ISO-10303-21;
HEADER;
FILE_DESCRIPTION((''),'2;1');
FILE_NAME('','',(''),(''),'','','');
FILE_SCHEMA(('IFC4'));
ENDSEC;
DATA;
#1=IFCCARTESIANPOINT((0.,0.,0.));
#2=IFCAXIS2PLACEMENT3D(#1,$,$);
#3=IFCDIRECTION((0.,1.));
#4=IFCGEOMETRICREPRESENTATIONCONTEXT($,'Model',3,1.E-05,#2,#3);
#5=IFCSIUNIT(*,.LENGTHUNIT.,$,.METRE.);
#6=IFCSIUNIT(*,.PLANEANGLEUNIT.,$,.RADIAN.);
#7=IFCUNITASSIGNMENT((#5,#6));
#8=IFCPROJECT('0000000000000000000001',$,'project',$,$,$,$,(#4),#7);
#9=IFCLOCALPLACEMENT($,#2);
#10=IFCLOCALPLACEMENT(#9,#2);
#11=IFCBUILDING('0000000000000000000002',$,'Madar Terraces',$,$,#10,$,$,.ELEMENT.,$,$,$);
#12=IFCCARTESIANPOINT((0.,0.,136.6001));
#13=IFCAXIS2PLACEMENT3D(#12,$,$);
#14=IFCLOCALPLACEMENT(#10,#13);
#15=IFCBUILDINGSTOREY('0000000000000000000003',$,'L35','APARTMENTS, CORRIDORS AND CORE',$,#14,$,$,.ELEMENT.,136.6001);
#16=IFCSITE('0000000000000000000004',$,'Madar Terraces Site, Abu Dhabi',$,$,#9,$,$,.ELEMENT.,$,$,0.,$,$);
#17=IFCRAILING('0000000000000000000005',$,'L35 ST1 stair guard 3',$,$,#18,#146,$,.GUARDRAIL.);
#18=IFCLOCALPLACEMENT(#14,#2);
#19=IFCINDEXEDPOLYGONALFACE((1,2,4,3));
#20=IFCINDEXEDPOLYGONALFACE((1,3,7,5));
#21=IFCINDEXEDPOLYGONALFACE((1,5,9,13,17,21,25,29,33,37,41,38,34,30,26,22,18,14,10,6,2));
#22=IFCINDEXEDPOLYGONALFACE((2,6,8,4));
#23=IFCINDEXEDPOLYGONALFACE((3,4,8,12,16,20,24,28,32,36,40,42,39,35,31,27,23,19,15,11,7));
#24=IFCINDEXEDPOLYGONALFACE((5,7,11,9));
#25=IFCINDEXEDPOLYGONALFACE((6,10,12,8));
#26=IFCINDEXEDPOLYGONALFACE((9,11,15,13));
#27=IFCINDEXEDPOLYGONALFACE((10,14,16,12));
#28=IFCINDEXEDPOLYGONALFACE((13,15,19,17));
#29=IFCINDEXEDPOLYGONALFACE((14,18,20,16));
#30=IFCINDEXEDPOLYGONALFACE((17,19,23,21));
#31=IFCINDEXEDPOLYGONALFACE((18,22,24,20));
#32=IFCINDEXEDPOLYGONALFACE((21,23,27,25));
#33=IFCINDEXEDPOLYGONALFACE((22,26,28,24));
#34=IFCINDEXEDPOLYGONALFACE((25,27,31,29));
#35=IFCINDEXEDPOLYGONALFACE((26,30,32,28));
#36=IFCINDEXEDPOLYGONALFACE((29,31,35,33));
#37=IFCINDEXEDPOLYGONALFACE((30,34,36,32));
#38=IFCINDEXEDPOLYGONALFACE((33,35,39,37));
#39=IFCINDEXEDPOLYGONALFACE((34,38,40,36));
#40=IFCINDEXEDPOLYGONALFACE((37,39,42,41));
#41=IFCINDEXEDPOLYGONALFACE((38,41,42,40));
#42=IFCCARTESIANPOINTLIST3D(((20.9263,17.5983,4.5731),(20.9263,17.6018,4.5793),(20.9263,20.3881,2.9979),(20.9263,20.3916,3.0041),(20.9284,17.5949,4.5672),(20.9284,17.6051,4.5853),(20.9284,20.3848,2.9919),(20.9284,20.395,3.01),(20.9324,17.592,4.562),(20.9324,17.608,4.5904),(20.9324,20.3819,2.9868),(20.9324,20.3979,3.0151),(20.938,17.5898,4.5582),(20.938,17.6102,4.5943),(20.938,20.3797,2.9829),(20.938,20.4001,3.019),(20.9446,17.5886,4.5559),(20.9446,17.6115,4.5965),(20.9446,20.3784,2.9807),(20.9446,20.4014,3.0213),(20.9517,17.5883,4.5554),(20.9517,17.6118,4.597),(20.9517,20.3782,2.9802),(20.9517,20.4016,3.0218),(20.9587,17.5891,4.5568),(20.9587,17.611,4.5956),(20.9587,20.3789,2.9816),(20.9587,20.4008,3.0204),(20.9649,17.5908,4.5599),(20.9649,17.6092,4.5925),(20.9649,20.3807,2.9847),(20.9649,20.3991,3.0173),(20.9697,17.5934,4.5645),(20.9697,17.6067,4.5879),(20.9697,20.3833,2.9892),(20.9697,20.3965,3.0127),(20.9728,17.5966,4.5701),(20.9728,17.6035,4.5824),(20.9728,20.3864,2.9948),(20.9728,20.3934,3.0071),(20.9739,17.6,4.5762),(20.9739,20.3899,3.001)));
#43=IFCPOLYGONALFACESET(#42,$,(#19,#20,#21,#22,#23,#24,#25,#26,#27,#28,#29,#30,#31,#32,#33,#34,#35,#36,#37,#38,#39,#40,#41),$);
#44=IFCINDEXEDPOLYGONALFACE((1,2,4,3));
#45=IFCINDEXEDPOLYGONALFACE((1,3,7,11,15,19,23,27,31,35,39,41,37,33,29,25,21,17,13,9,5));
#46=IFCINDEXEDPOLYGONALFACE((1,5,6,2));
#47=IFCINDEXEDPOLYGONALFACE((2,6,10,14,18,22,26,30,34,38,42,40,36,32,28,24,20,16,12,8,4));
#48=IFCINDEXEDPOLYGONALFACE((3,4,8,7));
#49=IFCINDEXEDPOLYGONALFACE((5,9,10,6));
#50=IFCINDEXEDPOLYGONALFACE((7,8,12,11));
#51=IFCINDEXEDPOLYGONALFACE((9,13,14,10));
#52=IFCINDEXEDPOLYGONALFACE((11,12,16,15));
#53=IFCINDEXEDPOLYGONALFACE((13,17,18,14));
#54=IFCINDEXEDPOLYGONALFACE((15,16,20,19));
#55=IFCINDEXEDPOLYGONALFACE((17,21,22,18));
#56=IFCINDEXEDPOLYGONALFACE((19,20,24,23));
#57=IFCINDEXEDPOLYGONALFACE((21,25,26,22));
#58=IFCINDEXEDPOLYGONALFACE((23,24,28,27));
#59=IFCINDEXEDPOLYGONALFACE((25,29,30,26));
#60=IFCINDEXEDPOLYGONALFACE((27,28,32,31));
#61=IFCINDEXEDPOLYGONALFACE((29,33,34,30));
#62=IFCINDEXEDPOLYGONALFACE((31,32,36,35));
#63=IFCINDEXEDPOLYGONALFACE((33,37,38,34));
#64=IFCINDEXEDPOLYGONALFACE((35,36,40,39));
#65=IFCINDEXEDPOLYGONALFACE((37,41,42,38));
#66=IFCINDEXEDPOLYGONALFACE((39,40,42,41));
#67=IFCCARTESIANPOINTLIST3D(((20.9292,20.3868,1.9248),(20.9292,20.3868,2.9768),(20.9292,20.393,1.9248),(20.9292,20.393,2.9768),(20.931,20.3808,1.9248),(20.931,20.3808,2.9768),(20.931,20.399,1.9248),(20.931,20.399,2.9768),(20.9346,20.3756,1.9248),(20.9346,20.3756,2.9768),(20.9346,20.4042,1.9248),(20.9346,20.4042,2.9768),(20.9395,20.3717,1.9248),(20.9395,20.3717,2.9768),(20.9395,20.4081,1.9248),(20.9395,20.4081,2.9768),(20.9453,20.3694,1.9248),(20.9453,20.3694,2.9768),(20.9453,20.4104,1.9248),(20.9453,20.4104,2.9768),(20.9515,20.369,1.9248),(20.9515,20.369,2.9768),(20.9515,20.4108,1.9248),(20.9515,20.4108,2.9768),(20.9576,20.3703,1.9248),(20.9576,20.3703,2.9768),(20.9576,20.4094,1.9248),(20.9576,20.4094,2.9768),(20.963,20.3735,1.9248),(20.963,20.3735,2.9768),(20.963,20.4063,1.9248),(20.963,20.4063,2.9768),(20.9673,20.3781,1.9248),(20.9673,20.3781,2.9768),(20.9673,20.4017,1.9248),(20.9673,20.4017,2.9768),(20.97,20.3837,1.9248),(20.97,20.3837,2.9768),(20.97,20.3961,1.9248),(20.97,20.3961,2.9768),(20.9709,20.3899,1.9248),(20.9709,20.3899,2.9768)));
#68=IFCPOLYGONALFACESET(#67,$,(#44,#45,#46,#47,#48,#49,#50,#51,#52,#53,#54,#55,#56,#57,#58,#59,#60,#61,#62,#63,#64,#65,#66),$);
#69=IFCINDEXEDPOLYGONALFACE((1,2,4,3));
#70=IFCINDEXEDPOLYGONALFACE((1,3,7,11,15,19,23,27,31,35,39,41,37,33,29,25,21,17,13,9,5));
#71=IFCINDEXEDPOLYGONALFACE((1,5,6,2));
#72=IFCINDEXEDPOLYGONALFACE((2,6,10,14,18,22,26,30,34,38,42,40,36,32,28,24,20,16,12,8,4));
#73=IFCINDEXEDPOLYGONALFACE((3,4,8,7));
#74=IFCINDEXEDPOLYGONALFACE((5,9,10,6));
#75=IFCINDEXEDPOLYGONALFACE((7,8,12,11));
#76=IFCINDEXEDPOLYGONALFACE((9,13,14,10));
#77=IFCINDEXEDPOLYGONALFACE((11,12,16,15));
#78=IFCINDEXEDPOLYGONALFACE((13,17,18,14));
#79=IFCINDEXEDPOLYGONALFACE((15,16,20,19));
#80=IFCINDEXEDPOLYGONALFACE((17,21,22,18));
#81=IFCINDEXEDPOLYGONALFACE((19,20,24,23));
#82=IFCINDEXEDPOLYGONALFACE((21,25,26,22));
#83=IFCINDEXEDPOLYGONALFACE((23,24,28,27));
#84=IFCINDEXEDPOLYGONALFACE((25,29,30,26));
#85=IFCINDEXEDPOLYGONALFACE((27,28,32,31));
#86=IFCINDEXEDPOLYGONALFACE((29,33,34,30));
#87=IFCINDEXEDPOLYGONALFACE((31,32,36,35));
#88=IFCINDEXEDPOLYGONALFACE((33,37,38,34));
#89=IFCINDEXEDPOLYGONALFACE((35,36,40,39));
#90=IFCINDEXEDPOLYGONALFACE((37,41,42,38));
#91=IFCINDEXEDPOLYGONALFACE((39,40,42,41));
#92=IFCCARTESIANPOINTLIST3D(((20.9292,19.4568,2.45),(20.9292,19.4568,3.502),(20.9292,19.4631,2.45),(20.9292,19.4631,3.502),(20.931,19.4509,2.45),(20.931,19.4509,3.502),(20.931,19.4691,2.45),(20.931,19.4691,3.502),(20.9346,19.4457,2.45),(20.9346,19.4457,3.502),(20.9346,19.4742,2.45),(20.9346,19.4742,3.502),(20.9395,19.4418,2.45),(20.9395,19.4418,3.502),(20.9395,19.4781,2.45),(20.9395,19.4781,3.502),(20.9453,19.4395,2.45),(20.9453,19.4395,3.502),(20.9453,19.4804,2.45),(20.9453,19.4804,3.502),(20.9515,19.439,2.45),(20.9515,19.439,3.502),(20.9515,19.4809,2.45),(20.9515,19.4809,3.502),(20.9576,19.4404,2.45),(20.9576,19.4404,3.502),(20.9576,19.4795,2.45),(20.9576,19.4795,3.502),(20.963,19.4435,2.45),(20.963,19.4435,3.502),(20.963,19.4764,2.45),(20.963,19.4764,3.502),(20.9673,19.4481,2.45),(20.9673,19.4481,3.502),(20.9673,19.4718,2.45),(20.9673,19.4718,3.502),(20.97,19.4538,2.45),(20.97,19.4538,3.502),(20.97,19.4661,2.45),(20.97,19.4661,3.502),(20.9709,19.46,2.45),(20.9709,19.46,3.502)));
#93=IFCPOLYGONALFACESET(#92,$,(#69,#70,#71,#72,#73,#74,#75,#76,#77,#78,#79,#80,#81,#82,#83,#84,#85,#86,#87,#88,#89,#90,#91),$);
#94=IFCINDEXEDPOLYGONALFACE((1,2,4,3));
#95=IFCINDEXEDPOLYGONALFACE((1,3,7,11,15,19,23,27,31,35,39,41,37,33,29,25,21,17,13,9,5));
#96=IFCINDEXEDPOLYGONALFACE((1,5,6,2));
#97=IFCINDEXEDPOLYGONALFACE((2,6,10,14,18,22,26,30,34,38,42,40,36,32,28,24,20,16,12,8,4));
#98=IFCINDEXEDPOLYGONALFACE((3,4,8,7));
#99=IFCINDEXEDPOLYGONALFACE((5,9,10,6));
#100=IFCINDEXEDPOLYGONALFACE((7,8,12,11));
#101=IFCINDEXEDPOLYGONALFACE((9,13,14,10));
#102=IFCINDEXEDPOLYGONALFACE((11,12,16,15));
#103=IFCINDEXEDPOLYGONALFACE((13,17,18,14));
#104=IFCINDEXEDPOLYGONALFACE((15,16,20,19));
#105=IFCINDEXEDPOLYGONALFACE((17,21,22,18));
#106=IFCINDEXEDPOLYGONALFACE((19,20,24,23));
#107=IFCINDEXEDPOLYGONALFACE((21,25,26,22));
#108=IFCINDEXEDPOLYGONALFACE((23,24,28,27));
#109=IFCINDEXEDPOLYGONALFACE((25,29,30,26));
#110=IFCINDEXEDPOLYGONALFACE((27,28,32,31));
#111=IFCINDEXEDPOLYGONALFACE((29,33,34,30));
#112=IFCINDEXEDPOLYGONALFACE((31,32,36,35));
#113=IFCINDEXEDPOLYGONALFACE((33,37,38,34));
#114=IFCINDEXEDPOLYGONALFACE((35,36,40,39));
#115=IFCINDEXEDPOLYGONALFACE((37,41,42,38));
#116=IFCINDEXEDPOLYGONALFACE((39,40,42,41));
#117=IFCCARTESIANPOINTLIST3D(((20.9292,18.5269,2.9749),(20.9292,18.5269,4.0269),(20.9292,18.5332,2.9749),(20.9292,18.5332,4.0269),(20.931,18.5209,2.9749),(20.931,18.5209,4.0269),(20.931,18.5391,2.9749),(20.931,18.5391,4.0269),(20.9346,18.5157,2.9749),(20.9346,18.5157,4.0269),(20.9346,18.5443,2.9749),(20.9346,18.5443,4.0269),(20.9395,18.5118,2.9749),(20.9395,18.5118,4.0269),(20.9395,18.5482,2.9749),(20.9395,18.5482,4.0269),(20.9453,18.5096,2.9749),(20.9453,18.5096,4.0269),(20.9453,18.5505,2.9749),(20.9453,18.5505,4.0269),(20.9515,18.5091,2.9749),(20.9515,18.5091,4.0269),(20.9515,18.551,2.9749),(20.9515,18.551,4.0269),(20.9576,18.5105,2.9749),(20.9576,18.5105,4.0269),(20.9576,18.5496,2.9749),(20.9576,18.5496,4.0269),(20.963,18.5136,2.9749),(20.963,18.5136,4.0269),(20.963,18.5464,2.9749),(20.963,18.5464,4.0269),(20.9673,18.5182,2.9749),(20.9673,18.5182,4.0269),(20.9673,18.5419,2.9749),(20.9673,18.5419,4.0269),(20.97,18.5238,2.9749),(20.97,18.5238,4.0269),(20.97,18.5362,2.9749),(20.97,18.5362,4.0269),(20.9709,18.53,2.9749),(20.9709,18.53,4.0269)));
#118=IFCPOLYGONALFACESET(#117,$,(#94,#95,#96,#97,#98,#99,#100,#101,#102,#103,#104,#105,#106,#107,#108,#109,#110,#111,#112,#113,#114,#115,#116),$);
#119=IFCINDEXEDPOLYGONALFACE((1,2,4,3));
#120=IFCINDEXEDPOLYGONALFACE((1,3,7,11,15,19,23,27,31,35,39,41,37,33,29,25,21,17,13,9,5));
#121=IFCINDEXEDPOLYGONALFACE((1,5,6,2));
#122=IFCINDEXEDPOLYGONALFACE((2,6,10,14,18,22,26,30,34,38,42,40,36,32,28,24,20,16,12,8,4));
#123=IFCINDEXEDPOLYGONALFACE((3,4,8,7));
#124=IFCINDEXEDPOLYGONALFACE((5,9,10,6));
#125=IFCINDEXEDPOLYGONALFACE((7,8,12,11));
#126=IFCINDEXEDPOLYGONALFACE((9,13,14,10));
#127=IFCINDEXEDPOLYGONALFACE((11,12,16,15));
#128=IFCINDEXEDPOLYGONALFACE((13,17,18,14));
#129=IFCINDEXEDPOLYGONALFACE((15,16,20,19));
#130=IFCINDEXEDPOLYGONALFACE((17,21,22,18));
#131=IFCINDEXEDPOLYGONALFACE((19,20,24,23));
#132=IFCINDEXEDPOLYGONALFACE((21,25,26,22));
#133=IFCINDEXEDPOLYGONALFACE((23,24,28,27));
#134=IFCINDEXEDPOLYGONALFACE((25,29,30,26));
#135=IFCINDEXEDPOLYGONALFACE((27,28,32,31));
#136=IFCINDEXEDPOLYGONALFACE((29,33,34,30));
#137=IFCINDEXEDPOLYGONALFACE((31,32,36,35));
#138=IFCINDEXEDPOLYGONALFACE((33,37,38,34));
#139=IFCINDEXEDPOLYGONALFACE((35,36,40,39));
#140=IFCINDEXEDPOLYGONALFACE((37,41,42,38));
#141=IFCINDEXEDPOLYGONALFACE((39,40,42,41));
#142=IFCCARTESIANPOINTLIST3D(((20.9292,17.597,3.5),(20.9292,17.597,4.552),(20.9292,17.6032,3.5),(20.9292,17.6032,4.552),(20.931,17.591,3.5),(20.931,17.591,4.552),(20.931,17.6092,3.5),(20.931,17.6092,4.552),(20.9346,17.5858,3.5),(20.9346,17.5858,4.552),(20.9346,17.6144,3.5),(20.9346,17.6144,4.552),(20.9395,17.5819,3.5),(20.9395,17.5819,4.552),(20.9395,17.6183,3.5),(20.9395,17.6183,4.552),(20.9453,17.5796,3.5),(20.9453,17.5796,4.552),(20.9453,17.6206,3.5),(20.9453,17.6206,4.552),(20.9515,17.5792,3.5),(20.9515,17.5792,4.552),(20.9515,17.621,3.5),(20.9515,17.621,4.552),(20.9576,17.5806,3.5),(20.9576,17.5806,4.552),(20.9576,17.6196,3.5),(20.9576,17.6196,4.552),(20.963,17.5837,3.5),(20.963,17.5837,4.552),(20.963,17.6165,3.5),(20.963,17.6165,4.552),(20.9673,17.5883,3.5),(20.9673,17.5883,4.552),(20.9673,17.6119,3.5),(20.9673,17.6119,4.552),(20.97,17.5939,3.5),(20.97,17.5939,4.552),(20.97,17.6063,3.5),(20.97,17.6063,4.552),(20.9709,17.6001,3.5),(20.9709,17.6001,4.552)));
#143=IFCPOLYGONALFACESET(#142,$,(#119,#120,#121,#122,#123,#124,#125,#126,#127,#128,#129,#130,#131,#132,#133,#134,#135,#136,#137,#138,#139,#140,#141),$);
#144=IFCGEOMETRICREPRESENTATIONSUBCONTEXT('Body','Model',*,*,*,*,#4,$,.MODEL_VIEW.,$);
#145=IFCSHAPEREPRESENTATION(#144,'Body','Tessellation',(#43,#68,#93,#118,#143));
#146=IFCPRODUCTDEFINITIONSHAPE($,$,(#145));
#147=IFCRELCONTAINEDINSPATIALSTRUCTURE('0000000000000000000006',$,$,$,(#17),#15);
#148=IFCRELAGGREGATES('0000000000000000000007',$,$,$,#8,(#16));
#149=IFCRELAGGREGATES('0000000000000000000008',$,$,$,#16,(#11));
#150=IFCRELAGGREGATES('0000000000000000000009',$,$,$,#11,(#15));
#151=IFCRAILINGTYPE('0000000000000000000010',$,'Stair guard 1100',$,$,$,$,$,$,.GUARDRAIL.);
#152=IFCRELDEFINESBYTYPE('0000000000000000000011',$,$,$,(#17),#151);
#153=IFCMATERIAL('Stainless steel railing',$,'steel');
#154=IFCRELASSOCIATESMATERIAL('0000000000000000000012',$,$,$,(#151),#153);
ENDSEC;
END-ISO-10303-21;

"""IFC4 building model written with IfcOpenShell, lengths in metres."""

from ifc_helpers import new_model, si_unit, direction, frame, origin, origin_2d, place, context, subcontext, project, spatial, circle, extrude, material, type_object, element, save


model = new_model("IFC4")

# Units and contexts
model_context = context("Model", 3, precision=1e-05, world=origin(), true_north=direction((0.0, 1.0)))
body_context = subcontext(model_context, "Body", "Model", "MODEL_VIEW")
ifc_project = project(units=[si_unit("LENGTHUNIT", "METRE"), si_unit("PLANEANGLEUNIT", "RADIAN")], contexts=[model_context])

# Site, building, storey
site_placement = place(None, origin())
site = spatial("IfcSite", under=ifc_project, at=site_placement, Name="Madar Terraces Site, Abu Dhabi", CompositionType="ELEMENT", RefElevation=0.0)
building_placement = place(site_placement, origin())
building = spatial("IfcBuilding", under=site, at=building_placement, Name="Madar Terraces", CompositionType="ELEMENT")
storey_placement = place(building_placement, frame((0.0, 0.0, 136.6001)))
storey = spatial("IfcBuildingStorey", under=building, at=storey_placement, Name="L35", Description="APARTMENTS, CORRIDORS AND CORE", CompositionType="ELEMENT", Elevation=136.6001)

# Railing
ifc_material_1 = material(Name="Stainless steel railing", Category="steel")
railing_type_1 = type_object("IfcRailingType", Name="Stair guard 1100", PredefinedType="GUARDRAIL", material=ifc_material_1)
railing_1_placement = place(storey_placement, frame((20.95, 20.3899, 1.9248)))
element("IfcRailing", 1, at=railing_1_placement, inside=storey, type_object=railing_type_1, Name="L35 ST1 stair guard 3", PredefinedType="GUARDRAIL", context=body_context, shape_type="SweptSolid", body=[
    extrude(circle(Radius=0.0239, at=origin_2d()), frame((0.0, 0.0, 1.0762), z_axis=(0.0, -0.870783, 0.491668), x_axis=(1.0, 0.0, 0.0)), (0.0, 0.0, 1.0), 3.2039),
    extrude(circle(Radius=0.021, at=origin_2d()), origin(), (0.0, 0.0, 1.0), 1.052),
    extrude(circle(Radius=0.021, at=origin_2d()), frame((0.0, -0.9299, 0.5251)), (0.0, 0.0, 1.0), 1.052),
    extrude(circle(Radius=0.021, at=origin_2d()), frame((0.0, -1.8599, 1.05)), (0.0, 0.0, 1.0), 1.052),
    extrude(circle(Radius=0.021, at=origin_2d()), frame((0.0, -2.7898, 1.5752)), (0.0, 0.0, 1.0), 1.052),
])

save(model, "model.ifc")
